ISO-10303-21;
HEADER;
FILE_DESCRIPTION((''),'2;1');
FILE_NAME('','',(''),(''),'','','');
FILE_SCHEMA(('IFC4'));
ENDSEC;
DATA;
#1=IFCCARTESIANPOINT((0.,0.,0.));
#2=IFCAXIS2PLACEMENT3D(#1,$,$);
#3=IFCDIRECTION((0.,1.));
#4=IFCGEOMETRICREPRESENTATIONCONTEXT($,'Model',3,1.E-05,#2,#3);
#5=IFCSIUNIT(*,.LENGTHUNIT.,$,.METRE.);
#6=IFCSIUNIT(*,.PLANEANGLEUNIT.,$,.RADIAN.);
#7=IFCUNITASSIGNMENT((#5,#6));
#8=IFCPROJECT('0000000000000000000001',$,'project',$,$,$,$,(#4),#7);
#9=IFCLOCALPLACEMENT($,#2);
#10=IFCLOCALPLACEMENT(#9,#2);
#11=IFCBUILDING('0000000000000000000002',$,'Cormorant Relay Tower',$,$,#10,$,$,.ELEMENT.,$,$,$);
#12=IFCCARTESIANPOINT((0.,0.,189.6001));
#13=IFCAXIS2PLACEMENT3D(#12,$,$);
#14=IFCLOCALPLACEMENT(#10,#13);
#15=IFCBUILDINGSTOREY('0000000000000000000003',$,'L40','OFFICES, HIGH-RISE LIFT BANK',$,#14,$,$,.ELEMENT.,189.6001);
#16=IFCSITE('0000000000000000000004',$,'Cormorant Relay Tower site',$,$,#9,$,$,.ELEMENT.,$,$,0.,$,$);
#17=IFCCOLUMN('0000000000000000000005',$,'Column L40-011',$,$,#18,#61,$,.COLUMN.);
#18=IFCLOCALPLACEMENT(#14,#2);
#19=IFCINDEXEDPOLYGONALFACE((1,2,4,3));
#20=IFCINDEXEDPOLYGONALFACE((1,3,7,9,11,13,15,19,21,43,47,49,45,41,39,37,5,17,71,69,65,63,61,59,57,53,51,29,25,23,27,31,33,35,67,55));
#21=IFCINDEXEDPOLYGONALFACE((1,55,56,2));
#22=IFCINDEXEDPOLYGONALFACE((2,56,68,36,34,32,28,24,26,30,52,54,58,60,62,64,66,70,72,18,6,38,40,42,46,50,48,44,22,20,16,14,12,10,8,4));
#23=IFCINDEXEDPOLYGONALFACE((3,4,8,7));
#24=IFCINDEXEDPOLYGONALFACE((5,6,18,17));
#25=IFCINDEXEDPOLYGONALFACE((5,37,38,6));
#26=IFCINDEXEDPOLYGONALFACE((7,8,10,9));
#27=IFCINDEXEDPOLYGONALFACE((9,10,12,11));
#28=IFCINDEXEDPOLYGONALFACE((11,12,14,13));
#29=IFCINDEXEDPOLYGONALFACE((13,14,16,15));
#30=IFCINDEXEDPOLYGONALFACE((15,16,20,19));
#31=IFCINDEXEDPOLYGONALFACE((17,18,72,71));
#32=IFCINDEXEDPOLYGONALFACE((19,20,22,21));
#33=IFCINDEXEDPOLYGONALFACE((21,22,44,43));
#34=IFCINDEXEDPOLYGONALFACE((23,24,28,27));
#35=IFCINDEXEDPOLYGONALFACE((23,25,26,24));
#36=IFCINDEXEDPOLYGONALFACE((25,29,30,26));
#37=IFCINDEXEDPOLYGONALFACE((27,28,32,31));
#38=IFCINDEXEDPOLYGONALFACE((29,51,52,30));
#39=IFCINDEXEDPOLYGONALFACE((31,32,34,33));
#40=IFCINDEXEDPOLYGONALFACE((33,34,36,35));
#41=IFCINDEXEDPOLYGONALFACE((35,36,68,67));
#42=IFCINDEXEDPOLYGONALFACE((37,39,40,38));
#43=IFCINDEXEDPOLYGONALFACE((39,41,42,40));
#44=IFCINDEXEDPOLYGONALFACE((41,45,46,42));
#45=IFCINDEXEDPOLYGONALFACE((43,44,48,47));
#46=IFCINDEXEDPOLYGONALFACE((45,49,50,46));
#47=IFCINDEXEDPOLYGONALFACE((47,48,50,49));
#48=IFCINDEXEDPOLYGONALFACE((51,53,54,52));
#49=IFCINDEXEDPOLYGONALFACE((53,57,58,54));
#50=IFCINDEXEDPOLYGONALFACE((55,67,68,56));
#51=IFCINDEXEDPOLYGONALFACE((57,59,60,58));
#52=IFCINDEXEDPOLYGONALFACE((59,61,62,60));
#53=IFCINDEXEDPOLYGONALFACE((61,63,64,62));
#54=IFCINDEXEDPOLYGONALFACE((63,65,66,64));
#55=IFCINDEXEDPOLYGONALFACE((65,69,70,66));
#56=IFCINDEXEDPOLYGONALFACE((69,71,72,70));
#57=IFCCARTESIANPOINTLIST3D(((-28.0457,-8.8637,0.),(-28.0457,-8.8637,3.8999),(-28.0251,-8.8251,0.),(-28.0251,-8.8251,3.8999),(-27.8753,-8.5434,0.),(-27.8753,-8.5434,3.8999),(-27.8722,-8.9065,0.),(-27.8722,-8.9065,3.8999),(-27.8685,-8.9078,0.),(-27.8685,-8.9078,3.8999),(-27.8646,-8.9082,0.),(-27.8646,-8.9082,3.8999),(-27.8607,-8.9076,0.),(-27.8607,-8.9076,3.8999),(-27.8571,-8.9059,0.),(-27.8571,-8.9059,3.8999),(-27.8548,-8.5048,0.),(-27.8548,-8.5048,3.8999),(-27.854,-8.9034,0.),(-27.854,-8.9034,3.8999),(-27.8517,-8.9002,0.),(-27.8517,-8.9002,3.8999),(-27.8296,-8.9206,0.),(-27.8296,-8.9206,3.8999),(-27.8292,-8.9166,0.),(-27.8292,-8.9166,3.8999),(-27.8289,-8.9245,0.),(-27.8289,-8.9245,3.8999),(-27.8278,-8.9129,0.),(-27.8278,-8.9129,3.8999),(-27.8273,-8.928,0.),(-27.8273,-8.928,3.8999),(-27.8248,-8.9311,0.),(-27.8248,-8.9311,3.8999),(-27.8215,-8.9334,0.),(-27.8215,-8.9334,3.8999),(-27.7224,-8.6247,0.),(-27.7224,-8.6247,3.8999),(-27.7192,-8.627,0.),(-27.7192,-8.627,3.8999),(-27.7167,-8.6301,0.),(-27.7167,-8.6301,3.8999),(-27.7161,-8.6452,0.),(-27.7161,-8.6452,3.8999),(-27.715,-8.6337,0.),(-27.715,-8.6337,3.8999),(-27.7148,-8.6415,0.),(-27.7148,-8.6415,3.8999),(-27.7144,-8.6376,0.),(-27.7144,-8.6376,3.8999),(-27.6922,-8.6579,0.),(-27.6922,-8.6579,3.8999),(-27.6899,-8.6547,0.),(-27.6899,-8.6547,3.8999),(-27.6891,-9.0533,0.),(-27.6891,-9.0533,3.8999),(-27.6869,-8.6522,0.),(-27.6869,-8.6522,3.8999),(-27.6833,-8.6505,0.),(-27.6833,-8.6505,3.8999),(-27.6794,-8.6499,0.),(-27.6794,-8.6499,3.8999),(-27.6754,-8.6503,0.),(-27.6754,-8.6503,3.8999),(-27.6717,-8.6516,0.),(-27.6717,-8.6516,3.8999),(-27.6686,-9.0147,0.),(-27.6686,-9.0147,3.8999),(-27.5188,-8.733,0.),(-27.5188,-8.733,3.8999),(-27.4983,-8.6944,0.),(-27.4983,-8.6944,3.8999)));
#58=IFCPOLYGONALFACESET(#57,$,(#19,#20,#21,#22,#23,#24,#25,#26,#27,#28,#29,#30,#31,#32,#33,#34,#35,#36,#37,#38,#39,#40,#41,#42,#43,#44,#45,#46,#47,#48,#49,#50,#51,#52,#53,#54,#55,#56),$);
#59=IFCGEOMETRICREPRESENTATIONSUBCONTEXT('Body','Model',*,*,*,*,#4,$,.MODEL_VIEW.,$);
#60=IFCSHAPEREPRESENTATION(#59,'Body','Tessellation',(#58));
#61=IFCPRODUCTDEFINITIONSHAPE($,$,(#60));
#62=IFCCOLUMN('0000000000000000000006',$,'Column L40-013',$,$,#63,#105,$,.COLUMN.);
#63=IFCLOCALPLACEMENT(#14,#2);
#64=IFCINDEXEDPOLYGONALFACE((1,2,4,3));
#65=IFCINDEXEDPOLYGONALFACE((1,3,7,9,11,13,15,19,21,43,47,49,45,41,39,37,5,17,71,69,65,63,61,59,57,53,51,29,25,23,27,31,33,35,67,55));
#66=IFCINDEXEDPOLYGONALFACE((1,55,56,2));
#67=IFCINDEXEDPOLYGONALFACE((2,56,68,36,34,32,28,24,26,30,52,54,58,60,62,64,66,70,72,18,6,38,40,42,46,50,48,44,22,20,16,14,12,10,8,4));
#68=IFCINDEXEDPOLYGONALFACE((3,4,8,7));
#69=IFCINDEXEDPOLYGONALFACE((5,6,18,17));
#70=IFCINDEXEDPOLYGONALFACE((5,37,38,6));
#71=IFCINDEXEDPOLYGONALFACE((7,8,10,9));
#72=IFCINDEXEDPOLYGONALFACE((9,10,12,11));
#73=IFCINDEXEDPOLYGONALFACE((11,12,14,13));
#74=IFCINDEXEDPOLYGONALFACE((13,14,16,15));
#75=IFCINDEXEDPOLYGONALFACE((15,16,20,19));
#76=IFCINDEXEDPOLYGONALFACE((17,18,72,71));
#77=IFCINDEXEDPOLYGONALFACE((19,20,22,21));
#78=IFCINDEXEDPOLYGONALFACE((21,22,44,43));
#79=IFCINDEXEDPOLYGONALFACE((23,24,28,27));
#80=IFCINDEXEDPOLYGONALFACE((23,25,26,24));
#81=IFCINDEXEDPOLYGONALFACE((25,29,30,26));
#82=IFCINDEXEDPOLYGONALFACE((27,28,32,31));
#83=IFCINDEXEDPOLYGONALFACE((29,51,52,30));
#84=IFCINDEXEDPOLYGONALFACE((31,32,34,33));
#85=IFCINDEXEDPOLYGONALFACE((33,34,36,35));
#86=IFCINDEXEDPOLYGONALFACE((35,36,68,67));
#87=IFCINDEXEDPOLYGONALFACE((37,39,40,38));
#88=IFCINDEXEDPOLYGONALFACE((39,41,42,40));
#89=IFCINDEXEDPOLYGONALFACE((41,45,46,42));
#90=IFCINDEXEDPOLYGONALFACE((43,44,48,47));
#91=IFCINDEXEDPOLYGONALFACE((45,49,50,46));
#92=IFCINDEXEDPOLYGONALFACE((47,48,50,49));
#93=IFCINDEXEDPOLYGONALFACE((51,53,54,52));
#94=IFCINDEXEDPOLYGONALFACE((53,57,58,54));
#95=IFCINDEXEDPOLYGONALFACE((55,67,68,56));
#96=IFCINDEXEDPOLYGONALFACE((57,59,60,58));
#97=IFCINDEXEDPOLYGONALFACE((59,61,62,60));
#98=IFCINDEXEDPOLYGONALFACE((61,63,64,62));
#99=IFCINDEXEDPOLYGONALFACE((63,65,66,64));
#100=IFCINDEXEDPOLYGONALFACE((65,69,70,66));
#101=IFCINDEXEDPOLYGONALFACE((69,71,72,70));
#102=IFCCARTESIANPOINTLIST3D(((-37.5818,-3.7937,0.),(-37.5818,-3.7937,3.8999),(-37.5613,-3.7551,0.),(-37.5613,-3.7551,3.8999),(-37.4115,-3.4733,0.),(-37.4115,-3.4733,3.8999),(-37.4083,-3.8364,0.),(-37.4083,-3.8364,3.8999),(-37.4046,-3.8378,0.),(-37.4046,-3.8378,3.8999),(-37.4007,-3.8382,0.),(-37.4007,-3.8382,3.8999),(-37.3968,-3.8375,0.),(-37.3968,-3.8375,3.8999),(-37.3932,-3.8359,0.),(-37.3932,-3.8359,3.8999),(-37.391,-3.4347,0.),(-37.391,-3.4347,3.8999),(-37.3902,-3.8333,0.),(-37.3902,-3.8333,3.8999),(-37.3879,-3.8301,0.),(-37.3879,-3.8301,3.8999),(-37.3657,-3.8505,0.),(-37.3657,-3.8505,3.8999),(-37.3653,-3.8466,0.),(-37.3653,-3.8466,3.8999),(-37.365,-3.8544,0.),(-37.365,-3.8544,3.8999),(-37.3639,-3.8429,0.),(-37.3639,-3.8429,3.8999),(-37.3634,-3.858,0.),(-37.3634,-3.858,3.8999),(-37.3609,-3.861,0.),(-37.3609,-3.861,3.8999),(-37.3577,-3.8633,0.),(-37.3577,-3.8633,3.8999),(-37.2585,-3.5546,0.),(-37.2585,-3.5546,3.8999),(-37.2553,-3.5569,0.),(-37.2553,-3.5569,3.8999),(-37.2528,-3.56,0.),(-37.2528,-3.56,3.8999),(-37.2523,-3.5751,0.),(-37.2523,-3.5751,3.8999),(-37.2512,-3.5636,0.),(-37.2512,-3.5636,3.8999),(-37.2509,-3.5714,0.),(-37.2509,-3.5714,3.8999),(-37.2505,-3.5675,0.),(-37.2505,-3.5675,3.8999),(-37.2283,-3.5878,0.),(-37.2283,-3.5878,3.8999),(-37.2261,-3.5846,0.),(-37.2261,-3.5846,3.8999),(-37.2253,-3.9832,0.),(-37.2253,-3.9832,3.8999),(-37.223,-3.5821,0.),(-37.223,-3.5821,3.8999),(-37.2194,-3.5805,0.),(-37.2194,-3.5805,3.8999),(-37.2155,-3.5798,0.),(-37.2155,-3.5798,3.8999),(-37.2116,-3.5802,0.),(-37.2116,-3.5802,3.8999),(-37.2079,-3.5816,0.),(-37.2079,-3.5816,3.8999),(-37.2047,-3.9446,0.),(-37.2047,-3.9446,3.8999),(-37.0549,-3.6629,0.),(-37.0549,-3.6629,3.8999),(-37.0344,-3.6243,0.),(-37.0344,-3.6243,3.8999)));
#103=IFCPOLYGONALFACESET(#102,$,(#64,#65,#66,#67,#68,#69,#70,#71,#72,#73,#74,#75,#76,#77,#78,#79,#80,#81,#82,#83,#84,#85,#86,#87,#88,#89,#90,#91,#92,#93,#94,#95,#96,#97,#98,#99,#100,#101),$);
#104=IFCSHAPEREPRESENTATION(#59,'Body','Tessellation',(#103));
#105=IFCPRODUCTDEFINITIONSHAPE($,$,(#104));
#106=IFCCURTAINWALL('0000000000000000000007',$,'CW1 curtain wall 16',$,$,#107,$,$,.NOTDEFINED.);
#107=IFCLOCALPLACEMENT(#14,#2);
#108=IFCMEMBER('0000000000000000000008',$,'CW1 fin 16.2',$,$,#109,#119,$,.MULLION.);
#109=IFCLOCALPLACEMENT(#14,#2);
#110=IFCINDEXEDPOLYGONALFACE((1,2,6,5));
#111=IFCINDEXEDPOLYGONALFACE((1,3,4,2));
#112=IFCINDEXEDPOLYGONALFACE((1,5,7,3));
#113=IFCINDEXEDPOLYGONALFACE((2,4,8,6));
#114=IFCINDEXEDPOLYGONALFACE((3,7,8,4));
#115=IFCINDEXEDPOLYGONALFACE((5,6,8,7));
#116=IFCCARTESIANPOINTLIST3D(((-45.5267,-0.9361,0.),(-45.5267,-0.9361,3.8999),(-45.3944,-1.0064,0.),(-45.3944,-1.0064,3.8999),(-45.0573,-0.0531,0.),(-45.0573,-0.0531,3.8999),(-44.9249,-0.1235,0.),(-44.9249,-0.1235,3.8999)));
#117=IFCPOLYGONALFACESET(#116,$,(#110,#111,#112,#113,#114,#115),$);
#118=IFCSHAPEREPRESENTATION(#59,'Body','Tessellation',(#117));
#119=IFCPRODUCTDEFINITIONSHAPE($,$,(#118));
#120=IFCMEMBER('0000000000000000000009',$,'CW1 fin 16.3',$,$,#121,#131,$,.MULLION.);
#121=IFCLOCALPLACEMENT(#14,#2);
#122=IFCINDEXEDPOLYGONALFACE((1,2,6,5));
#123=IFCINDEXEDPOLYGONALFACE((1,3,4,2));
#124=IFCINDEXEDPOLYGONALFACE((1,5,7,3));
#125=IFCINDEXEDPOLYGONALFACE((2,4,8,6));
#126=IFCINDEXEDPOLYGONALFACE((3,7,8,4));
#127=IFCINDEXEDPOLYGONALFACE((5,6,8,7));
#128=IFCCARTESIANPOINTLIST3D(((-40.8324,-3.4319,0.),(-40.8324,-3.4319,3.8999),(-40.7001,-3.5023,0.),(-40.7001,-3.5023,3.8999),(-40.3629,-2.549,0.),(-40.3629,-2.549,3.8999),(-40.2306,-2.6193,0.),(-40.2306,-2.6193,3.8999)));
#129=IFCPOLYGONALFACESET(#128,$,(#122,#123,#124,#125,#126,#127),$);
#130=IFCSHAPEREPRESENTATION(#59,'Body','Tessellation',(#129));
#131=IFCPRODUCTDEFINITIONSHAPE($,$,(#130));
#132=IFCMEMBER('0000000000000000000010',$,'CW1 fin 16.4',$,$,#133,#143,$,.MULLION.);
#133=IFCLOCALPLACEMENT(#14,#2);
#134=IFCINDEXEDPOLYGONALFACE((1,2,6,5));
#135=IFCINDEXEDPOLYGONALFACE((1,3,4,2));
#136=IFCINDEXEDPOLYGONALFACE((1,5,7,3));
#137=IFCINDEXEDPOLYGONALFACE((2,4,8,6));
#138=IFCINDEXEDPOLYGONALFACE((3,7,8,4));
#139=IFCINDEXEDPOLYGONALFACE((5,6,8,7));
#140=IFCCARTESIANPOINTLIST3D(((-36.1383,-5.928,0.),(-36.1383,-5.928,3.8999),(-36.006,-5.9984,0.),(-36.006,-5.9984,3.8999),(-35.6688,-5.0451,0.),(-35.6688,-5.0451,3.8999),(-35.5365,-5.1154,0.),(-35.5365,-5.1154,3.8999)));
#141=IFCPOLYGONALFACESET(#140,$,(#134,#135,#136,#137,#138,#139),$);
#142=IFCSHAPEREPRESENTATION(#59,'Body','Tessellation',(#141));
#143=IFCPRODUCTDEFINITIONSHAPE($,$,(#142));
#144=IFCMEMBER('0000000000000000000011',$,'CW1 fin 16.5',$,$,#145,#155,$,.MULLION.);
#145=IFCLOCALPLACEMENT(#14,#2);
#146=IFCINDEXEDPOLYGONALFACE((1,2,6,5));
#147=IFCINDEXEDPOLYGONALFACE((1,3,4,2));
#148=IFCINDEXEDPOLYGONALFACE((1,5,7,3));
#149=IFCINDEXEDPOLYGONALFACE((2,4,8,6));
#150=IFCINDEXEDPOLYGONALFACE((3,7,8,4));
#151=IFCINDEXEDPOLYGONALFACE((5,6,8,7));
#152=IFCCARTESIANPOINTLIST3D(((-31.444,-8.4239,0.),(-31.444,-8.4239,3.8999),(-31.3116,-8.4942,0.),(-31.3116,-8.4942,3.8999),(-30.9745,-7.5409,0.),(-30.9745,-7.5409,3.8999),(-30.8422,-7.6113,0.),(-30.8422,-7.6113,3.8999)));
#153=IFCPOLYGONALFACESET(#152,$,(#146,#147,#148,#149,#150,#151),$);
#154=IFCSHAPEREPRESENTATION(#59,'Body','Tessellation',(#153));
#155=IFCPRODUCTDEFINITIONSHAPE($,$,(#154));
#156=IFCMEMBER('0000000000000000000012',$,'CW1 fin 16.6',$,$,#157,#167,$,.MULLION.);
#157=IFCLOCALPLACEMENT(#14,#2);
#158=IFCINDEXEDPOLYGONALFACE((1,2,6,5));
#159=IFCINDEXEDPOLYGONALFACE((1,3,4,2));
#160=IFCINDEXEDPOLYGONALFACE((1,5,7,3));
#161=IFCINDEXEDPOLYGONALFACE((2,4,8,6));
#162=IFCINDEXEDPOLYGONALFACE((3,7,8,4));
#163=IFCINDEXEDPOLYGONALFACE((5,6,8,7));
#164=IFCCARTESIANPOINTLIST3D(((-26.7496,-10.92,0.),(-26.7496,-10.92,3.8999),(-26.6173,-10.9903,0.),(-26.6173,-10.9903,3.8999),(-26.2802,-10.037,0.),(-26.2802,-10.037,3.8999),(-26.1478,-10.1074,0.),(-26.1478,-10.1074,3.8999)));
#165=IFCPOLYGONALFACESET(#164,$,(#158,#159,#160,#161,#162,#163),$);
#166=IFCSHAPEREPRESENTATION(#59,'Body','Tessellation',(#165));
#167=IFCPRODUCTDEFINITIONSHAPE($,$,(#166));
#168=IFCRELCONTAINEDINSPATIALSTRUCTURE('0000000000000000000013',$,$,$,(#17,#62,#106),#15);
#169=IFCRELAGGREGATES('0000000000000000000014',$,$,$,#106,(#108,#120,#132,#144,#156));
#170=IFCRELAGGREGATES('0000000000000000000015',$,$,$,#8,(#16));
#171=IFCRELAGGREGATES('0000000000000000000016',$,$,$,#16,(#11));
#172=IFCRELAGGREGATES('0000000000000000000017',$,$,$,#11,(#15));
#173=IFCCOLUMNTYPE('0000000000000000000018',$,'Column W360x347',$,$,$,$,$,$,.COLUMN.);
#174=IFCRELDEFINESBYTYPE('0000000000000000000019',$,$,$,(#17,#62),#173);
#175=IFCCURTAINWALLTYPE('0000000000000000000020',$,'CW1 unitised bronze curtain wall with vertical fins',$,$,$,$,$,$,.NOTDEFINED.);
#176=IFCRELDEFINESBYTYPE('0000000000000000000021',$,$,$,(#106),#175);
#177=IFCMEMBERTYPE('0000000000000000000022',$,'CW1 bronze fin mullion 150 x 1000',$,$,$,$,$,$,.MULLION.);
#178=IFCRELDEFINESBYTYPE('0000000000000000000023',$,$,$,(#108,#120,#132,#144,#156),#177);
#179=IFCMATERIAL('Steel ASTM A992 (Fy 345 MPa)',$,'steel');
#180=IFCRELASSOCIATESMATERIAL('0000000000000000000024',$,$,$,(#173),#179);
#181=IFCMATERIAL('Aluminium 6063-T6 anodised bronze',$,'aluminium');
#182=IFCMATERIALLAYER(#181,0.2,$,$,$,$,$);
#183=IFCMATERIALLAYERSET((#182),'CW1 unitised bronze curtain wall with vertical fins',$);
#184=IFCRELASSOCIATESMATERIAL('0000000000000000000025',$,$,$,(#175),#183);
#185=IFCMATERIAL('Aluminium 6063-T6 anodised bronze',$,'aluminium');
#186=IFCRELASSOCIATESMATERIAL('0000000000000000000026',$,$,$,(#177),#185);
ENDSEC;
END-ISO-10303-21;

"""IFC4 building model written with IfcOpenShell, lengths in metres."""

from ifc_helpers import new_model, si_unit, direction, frame, origin, origin_2d, place, context, subcontext, project, spatial, rectangle, i_section, extrude, material, layer, layer_set, material_profile, profile_set, type_object, element, aggregate, save


model = new_model("IFC4")

# Units and contexts
model_context = context("Model", 3, precision=1e-05, world=origin(), true_north=direction((0.0, 1.0)))
body_context = subcontext(model_context, "Body", "Model", "MODEL_VIEW")
ifc_project = project(units=[si_unit("LENGTHUNIT", "METRE"), si_unit("PLANEANGLEUNIT", "RADIAN")], contexts=[model_context])

# Site, building, storey
site_placement = place(None, origin())
site = spatial("IfcSite", under=ifc_project, at=site_placement, Name="Cormorant Relay Tower site", CompositionType="ELEMENT", RefElevation=0.0)
building_placement = place(site_placement, origin())
building = spatial("IfcBuilding", under=site, at=building_placement, Name="Cormorant Relay Tower", CompositionType="ELEMENT")
storey_placement = place(building_placement, frame((0.0, 0.0, 189.6001)))
storey = spatial("IfcBuildingStorey", under=building, at=storey_placement, Name="L40", Description="OFFICES, HIGH-RISE LIFT BANK", CompositionType="ELEMENT", Elevation=189.6001)

# Columns
ifc_material_1 = material(Name="Steel ASTM A992 (Fy 345 MPa)", Category="steel")
ifc_material_profile_1 = material_profile(ifc_material_1, i_section(OverallWidth=0.4038, OverallDepth=0.4065, WebThickness=0.0271, FlangeThickness=0.0437, FilletRadius=0.0151, at=origin_2d()), Name="W360x347")
ifc_profile_set_1 = profile_set([ifc_material_profile_1], Name="Steel ASTM A992 (Fy 345 MPa)")
column_type = type_object("IfcColumnType", Name="Column W360x347", PredefinedType="COLUMN", material=ifc_profile_set_1)
for number, where, z_axis, x_axis, name in (
    (1, (-27.772, -8.7791, 0.0), (0.0, 0.0, 1.0), (0.882948, -0.469472, 0.0), "Column L40-011"),
    (2, (-37.3081, -3.709, 0.0), (0.0, 0.0, 1.0), (0.882948, -0.469472, 0.0), "Column L40-013"),
):
    element("IfcColumn", number, at=place(storey_placement, frame(where, z_axis=z_axis, x_axis=x_axis)), inside=storey, type_object=column_type, Name=name, PredefinedType="COLUMN", context=body_context, shape_type="SweptSolid", body=[
        extrude(i_section(OverallWidth=0.4038, OverallDepth=0.4065, WebThickness=0.0271, FlangeThickness=0.0437, FilletRadius=0.0151, at=origin_2d()), origin(), (0.0, 0.0, 1.0), 3.8999),
    ])

# Curtain wall, members
ifc_material_2 = material(Name="Aluminium 6063-T6 anodised bronze", Category="aluminium")
ifc_layer_1 = layer(ifc_material_2, 0.2)
ifc_layer_set_1 = layer_set([ifc_layer_1], Name="CW1 unitised bronze curtain wall with vertical fins")
curtain_wall_type = type_object("IfcCurtainWallType", Name="CW1 unitised bronze curtain wall with vertical fins", PredefinedType="NOTDEFINED", material=ifc_layer_set_1)
curtain_wall_placement = place(storey_placement, origin())
curtain_wall = element("IfcCurtainWall", 3, at=curtain_wall_placement, inside=storey, type_object=curtain_wall_type, Name="CW1 curtain wall 16", PredefinedType="NOTDEFINED")
ifc_material_3 = material(Name="Aluminium 6063-T6 anodised bronze", Category="aluminium")
ifc_material_profile_2 = material_profile(ifc_material_3, rectangle(XDim=0.1499, YDim=1.0, at=origin_2d()), Name="AL 150x1000")
ifc_profile_set_2 = profile_set([ifc_material_profile_2], Name="Aluminium 6063-T6 anodised bronze")
member_type = type_object("IfcMemberType", Name="CW1 bronze fin mullion 150 x 1000", PredefinedType="MULLION", material=ifc_profile_set_2)
member_1_placement = place(storey_placement, frame((-45.2258, -0.5298, 0.0), z_axis=(0.0, 0.0, 1.0), x_axis=(0.882948, -0.469472, 0.0)))
member_1 = element("IfcMember", 4, at=member_1_placement, type_object=member_type, Name="CW1 fin 16.2", PredefinedType="MULLION", context=body_context, shape_type="SweptSolid", body=[
    extrude(rectangle(XDim=0.1499, YDim=1.0, at=origin_2d()), origin(), (0.0, 0.0, 1.0), 3.8999),
])
member_2_placement = place(storey_placement, frame((-40.5315, -3.0256, 0.0), z_axis=(0.0, 0.0, 1.0), x_axis=(0.882948, -0.469472, 0.0)))
member_2 = element("IfcMember", 5, at=member_2_placement, type_object=member_type, Name="CW1 fin 16.3", PredefinedType="MULLION", context=body_context, shape_type="SweptSolid", body=[
    extrude(rectangle(XDim=0.1499, YDim=1.0, at=origin_2d()), origin(), (0.0, 0.0, 1.0), 3.8999),
])
member_3_placement = place(storey_placement, frame((-35.8374, -5.5217, 0.0), z_axis=(0.0, 0.0, 1.0), x_axis=(0.882948, -0.469472, 0.0)))
member_3 = element("IfcMember", 6, at=member_3_placement, type_object=member_type, Name="CW1 fin 16.4", PredefinedType="MULLION", context=body_context, shape_type="SweptSolid", body=[
    extrude(rectangle(XDim=0.1499, YDim=1.0, at=origin_2d()), origin(), (0.0, 0.0, 1.0), 3.8999),
])
member_4_placement = place(storey_placement, frame((-31.1431, -8.0176, 0.0), z_axis=(0.0, 0.0, 1.0), x_axis=(0.882948, -0.469472, 0.0)))
member_4 = element("IfcMember", 7, at=member_4_placement, type_object=member_type, Name="CW1 fin 16.5", PredefinedType="MULLION", context=body_context, shape_type="SweptSolid", body=[
    extrude(rectangle(XDim=0.1499, YDim=1.0, at=origin_2d()), origin(), (0.0, 0.0, 1.0), 3.8999),
])
member_5_placement = place(storey_placement, frame((-26.4487, -10.5137, 0.0), z_axis=(0.0, 0.0, 1.0), x_axis=(0.882948, -0.469472, 0.0)))
member_5 = element("IfcMember", 8, at=member_5_placement, type_object=member_type, Name="CW1 fin 16.6", PredefinedType="MULLION", context=body_context, shape_type="SweptSolid", body=[
    extrude(rectangle(XDim=0.1499, YDim=1.0, at=origin_2d()), origin(), (0.0, 0.0, 1.0), 3.8999),
])

aggregate(curtain_wall, [member_1, member_2, member_3, member_4, member_5])

save(model, "model.ifc")
